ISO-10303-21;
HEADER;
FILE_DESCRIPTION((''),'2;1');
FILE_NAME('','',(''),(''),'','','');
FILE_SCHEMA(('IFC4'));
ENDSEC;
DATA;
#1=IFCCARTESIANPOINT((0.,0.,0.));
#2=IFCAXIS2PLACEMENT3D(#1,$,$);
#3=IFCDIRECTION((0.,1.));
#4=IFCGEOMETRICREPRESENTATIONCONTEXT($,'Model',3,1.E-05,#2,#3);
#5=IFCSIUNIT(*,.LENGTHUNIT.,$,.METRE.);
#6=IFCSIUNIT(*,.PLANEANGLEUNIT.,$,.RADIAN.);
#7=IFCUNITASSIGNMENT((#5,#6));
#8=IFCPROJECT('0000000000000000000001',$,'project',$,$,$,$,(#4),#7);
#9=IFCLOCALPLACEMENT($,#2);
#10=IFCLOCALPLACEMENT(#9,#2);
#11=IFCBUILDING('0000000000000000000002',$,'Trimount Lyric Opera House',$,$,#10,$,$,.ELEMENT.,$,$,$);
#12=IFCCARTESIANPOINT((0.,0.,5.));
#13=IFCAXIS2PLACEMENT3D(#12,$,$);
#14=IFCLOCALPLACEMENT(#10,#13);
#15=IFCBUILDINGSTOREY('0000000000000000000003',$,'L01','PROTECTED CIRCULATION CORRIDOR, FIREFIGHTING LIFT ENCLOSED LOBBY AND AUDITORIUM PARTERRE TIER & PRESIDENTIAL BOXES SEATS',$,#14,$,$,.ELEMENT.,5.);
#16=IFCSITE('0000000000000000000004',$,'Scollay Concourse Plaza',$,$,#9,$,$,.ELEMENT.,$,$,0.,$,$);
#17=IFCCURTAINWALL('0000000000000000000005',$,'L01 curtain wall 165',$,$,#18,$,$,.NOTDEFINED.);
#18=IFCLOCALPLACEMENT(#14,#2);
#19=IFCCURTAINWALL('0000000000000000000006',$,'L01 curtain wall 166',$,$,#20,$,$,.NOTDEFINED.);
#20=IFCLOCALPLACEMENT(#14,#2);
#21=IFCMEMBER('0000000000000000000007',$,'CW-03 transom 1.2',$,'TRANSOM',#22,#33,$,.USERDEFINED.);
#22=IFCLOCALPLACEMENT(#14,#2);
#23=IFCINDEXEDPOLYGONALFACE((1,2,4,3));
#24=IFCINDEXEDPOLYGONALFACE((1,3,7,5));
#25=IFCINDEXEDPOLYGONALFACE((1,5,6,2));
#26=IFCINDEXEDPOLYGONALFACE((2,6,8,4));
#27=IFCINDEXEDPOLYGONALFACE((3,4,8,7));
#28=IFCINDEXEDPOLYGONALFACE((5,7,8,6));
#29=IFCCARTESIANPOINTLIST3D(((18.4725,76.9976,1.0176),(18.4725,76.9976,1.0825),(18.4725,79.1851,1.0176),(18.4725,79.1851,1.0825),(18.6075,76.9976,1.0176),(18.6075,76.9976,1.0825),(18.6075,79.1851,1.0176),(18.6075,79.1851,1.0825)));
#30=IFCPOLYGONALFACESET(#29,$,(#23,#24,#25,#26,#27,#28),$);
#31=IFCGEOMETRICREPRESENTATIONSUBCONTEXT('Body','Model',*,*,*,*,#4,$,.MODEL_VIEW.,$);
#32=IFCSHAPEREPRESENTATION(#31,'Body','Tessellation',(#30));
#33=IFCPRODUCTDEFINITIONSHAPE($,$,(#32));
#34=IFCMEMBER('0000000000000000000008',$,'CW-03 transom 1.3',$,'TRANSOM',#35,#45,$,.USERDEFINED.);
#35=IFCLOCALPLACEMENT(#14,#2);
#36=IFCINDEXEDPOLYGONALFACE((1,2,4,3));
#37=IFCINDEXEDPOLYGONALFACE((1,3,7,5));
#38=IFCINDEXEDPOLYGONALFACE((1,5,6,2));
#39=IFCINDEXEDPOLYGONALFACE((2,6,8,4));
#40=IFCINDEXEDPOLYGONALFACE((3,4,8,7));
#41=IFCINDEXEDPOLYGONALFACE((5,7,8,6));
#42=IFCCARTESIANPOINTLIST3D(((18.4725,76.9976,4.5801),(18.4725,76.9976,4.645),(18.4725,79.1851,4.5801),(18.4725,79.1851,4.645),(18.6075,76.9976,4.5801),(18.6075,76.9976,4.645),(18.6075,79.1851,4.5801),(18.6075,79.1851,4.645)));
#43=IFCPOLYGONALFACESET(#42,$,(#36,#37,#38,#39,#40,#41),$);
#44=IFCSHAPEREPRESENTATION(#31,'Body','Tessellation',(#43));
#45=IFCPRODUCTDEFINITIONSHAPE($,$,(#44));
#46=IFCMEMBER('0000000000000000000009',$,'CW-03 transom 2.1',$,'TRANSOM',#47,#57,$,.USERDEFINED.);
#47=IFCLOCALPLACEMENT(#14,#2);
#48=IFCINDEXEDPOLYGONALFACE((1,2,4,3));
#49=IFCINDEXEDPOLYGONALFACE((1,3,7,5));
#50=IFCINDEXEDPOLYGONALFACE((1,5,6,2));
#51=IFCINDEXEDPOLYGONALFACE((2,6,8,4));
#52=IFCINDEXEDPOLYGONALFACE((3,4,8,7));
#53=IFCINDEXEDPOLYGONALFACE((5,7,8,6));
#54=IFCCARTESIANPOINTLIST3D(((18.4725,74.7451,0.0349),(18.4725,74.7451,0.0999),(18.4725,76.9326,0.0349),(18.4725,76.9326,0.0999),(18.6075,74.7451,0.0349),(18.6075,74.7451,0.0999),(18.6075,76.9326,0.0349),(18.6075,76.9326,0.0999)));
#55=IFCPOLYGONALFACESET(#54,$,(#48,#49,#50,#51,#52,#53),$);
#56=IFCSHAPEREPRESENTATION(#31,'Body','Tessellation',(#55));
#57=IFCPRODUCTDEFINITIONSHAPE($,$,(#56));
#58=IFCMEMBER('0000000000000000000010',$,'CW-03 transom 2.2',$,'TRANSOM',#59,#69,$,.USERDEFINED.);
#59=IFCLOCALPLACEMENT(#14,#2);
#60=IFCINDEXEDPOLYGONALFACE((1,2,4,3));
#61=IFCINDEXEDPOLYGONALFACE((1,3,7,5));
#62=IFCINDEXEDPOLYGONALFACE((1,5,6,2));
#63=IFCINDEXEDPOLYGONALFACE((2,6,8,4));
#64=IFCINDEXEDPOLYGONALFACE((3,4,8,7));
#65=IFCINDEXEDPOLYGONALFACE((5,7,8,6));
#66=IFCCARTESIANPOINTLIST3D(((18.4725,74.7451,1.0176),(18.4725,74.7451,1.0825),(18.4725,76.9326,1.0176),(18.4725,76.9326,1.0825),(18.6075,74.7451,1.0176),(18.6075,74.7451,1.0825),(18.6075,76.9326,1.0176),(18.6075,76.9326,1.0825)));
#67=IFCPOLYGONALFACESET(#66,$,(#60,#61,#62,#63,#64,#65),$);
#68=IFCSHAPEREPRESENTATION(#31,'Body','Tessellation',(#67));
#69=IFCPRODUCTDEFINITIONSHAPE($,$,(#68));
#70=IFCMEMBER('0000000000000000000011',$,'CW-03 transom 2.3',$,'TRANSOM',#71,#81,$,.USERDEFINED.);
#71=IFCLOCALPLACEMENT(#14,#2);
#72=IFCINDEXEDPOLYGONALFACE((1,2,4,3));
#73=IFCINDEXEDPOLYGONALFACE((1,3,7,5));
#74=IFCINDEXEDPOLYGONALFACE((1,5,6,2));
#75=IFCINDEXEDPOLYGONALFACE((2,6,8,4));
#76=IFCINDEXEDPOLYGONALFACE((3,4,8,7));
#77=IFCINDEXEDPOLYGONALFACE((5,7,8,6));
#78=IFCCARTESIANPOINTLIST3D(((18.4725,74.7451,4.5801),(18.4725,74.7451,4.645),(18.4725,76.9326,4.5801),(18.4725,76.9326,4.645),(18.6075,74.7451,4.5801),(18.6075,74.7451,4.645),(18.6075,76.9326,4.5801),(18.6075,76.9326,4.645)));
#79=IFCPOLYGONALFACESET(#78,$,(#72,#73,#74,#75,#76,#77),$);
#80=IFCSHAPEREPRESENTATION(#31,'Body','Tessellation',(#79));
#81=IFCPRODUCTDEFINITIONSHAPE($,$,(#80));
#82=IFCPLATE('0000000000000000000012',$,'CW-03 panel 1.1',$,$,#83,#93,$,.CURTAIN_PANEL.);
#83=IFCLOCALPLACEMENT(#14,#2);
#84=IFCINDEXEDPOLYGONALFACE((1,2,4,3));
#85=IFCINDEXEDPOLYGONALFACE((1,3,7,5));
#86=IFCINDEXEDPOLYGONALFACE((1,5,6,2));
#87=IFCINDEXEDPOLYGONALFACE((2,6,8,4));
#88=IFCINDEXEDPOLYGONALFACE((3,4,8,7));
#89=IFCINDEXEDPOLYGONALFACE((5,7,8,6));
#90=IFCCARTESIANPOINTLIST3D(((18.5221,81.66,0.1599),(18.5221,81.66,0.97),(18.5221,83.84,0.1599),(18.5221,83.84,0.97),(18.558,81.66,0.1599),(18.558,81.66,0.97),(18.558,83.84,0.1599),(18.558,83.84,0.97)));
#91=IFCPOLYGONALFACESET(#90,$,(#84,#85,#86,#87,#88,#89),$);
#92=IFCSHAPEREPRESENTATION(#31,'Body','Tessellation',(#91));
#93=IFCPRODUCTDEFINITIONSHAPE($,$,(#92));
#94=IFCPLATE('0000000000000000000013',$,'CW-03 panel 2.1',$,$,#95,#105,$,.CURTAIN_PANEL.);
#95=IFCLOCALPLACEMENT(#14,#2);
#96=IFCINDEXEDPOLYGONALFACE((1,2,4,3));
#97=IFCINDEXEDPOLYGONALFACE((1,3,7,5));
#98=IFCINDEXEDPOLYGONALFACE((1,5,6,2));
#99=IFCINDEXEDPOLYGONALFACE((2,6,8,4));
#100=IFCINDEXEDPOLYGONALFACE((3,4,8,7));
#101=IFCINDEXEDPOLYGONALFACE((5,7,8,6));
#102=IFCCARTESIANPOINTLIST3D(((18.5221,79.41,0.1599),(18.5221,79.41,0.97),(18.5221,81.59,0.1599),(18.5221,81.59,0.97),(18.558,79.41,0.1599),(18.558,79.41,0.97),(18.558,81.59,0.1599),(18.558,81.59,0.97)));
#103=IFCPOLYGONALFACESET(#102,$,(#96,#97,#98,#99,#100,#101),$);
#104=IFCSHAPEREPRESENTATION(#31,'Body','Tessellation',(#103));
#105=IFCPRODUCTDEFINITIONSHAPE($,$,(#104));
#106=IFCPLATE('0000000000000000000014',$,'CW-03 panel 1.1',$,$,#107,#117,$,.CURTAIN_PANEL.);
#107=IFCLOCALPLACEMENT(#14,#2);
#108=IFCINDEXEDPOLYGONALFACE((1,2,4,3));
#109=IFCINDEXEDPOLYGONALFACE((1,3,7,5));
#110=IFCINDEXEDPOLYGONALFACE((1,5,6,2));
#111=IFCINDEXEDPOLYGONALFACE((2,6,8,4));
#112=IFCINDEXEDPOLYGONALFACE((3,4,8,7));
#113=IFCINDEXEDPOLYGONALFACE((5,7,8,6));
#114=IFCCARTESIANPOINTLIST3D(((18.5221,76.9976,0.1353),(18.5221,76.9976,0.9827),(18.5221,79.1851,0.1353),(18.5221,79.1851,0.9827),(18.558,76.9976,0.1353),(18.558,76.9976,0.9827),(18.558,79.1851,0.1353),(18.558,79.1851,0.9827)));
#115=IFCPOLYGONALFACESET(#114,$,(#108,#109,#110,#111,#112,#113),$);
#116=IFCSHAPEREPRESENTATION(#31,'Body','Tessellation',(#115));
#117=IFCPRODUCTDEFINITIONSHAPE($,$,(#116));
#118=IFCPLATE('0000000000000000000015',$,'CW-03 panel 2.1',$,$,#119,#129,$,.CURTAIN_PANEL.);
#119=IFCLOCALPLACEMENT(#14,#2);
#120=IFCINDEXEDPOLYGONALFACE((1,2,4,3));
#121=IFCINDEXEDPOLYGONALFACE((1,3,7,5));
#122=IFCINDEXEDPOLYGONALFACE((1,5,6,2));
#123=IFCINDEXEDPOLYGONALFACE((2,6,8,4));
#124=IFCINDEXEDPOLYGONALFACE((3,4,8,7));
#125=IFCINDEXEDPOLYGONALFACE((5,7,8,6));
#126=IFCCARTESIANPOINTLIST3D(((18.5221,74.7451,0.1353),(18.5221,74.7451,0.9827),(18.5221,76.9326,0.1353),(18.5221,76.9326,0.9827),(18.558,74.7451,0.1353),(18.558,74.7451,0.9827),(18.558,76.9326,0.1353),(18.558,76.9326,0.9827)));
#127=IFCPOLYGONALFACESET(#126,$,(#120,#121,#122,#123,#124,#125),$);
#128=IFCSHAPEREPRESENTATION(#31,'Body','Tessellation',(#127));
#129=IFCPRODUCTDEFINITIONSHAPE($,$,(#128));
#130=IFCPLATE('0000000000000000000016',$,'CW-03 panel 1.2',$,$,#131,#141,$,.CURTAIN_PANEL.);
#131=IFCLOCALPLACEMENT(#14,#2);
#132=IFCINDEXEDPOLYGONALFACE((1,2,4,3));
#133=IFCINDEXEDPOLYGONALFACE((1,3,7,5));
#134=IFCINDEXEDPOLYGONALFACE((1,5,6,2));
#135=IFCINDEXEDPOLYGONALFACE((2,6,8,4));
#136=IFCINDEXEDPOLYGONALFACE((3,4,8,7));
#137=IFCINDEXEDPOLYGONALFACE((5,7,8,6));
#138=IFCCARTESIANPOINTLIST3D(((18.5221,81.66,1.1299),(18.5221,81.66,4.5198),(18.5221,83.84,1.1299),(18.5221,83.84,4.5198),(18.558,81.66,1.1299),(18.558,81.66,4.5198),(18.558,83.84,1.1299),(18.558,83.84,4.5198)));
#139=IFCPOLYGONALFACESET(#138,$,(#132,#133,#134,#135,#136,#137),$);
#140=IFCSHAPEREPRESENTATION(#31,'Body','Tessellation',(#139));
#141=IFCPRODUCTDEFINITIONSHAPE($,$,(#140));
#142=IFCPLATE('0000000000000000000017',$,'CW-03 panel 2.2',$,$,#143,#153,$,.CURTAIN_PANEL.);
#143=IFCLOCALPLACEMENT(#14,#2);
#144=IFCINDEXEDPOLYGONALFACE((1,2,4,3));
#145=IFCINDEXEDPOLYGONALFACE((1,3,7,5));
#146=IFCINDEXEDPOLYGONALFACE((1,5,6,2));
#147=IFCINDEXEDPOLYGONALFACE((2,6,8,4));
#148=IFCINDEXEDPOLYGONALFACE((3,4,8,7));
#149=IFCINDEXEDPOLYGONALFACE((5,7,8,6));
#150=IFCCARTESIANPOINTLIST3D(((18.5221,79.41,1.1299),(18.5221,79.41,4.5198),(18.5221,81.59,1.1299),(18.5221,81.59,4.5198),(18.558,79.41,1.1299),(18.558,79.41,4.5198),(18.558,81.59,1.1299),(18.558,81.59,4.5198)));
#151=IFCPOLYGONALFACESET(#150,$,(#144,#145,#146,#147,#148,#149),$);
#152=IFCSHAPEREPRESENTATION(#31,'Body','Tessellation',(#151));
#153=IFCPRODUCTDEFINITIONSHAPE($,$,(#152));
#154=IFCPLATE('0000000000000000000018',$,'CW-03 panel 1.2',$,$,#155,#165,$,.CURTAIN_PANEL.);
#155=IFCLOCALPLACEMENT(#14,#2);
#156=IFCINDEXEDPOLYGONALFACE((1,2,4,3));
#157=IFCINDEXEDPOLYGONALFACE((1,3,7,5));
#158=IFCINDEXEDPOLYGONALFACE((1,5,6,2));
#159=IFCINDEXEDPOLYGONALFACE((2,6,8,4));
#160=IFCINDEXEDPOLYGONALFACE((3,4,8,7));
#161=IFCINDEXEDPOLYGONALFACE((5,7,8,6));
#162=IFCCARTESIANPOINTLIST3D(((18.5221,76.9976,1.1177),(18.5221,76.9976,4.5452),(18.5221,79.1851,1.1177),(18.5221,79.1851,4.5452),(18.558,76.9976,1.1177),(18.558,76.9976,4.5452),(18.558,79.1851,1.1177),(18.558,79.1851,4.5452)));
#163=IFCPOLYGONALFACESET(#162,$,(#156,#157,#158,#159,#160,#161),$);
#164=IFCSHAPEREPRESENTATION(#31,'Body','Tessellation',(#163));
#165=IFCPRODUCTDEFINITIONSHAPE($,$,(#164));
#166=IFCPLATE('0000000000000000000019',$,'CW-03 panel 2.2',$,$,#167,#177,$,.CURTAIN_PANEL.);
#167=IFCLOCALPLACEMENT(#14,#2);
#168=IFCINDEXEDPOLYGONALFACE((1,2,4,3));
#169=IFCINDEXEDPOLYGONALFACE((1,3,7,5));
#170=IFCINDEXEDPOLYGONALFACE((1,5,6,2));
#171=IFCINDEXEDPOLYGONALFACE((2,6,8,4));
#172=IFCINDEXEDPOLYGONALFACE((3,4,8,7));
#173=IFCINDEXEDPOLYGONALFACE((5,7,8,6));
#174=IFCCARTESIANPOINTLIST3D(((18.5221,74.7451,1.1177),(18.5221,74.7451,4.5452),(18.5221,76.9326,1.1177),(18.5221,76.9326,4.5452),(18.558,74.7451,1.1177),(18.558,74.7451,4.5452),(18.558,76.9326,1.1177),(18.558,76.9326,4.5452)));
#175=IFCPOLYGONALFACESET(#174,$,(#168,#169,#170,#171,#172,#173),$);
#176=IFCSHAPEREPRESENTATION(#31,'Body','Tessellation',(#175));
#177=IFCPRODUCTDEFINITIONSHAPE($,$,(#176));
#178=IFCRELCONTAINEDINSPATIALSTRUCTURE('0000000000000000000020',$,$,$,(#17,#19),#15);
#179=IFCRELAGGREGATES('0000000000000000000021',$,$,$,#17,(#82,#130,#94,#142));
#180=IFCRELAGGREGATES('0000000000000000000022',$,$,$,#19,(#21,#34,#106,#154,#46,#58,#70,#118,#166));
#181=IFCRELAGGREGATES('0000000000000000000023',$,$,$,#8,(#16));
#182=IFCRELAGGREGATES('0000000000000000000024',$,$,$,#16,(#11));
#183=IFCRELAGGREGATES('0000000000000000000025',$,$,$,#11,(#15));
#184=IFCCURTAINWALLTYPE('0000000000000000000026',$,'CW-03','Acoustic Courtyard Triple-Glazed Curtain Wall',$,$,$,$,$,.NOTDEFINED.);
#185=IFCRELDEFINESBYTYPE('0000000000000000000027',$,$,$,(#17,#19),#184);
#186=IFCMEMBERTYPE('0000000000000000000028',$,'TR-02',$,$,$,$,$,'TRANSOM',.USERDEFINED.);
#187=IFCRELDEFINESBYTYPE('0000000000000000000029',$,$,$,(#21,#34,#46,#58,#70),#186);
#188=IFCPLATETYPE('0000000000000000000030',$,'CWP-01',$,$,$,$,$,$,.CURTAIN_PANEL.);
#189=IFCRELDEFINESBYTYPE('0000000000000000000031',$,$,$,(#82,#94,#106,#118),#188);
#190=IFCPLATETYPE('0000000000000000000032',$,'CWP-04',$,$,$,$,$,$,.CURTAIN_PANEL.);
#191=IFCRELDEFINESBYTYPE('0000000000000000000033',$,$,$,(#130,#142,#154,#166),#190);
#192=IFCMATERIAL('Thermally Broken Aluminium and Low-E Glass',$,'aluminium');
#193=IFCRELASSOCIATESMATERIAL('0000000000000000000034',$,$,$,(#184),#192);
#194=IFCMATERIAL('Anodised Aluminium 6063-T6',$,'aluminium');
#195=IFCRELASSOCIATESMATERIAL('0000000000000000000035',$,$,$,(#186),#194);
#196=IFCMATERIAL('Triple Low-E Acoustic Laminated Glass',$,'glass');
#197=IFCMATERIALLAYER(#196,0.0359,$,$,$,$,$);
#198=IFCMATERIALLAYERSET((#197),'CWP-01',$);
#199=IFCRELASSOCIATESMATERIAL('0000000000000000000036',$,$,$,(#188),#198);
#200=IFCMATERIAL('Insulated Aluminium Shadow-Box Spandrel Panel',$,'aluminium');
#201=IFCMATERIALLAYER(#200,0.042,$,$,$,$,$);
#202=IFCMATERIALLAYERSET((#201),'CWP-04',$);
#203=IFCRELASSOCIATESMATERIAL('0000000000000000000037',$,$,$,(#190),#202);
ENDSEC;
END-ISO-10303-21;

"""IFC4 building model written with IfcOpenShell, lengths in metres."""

from ifc_helpers import new_model, si_unit, direction, frame, origin, origin_2d, place, context, subcontext, project, spatial, rectangle, extrude, material, layer, layer_set, material_profile, profile_set, type_object, element, aggregate, save


model = new_model("IFC4")

# Units and contexts
model_context = context("Model", 3, precision=1e-05, world=origin(), true_north=direction((0.0, 1.0)))
body_context = subcontext(model_context, "Body", "Model", "MODEL_VIEW")
ifc_project = project(units=[si_unit("LENGTHUNIT", "METRE"), si_unit("PLANEANGLEUNIT", "RADIAN")], contexts=[model_context])

# Site, building, storey
site_placement = place(None, origin())
site = spatial("IfcSite", under=ifc_project, at=site_placement, Name="Scollay Concourse Plaza", CompositionType="ELEMENT", RefElevation=0.0)
building_placement = place(site_placement, origin())
building = spatial("IfcBuilding", under=site, at=building_placement, Name="Trimount Lyric Opera House", CompositionType="ELEMENT")
storey_placement = place(building_placement, frame((0.0, 0.0, 5.0)))
storey = spatial("IfcBuildingStorey", under=building, at=storey_placement, Name="L01", Description="PROTECTED CIRCULATION CORRIDOR, FIREFIGHTING LIFT ENCLOSED LOBBY AND AUDITORIUM PARTERRE TIER & PRESIDENTIAL BOXES SEATS", CompositionType="ELEMENT", Elevation=5.0)

# Curtain walls
ifc_material_1 = material(Name="Thermally Broken Aluminium and Low-E Glass", Category="aluminium")
curtain_wall_type = type_object("IfcCurtainWallType", Name="CW-03", Description="Acoustic Courtyard Triple-Glazed Curtain Wall", PredefinedType="NOTDEFINED", material=ifc_material_1)
curtain_wall_1_placement = place(storey_placement, origin())
curtain_wall_1 = element("IfcCurtainWall", 1, at=curtain_wall_1_placement, inside=storey, type_object=curtain_wall_type, Name="L01 curtain wall 165", PredefinedType="NOTDEFINED")
curtain_wall_2_placement = place(storey_placement, origin())
curtain_wall_2 = element("IfcCurtainWall", 2, at=curtain_wall_2_placement, inside=storey, type_object=curtain_wall_type, Name="L01 curtain wall 166", PredefinedType="NOTDEFINED")

# Members
ifc_material_2 = material(Name="Anodised Aluminium 6063-T6", Category="aluminium")
ifc_material_profile_1 = material_profile(ifc_material_2, rectangle(XDim=0.135, YDim=0.0649, at=origin_2d()), Name="ALU-TRAN-65X135")
ifc_profile_set_1 = profile_set([ifc_material_profile_1], Name="Anodised Aluminium 6063-T6")
member_type_1 = type_object("IfcMemberType", Name="TR-02", ElementType="TRANSOM", PredefinedType="USERDEFINED", material=ifc_profile_set_1)
member_1_placement = place(storey_placement, frame((18.54, 79.1851, 1.05), z_axis=(0.0, -1.0, 0.0), x_axis=(1.0, 0.0, 0.0)))
member_1 = element("IfcMember", 3, at=member_1_placement, type_object=member_type_1, Name="CW-03 transom 1.2", ObjectType="TRANSOM", PredefinedType="USERDEFINED", context=body_context, shape_type="SweptSolid", body=[
    extrude(rectangle(XDim=0.135, YDim=0.0649, at=origin_2d()), origin(), (0.0, 0.0, 1.0), 2.1875),
])
member_2_placement = place(storey_placement, frame((18.54, 79.1851, 4.6125), z_axis=(0.0, -1.0, 0.0), x_axis=(1.0, 0.0, 0.0)))
member_2 = element("IfcMember", 4, at=member_2_placement, type_object=member_type_1, Name="CW-03 transom 1.3", ObjectType="TRANSOM", PredefinedType="USERDEFINED", context=body_context, shape_type="SweptSolid", body=[
    extrude(rectangle(XDim=0.135, YDim=0.0649, at=origin_2d()), origin(), (0.0, 0.0, 1.0), 2.1875),
])
member_3_placement = place(storey_placement, frame((18.54, 76.9326, 0.0674), z_axis=(0.0, -1.0, 0.0), x_axis=(1.0, 0.0, 0.0)))
member_3 = element("IfcMember", 5, at=member_3_placement, type_object=member_type_1, Name="CW-03 transom 2.1", ObjectType="TRANSOM", PredefinedType="USERDEFINED", context=body_context, shape_type="SweptSolid", body=[
    extrude(rectangle(XDim=0.135, YDim=0.0649, at=origin_2d()), origin(), (0.0, 0.0, 1.0), 2.1875),
])
member_4_placement = place(storey_placement, frame((18.54, 76.9326, 1.05), z_axis=(0.0, -1.0, 0.0), x_axis=(1.0, 0.0, 0.0)))
member_4 = element("IfcMember", 6, at=member_4_placement, type_object=member_type_1, Name="CW-03 transom 2.2", ObjectType="TRANSOM", PredefinedType="USERDEFINED", context=body_context, shape_type="SweptSolid", body=[
    extrude(rectangle(XDim=0.135, YDim=0.0649, at=origin_2d()), origin(), (0.0, 0.0, 1.0), 2.1875),
])
member_5_placement = place(storey_placement, frame((18.54, 76.9326, 4.6125), z_axis=(0.0, -1.0, 0.0), x_axis=(1.0, 0.0, 0.0)))
member_5 = element("IfcMember", 7, at=member_5_placement, type_object=member_type_1, Name="CW-03 transom 2.3", ObjectType="TRANSOM", PredefinedType="USERDEFINED", context=body_context, shape_type="SweptSolid", body=[
    extrude(rectangle(XDim=0.135, YDim=0.0649, at=origin_2d()), origin(), (0.0, 0.0, 1.0), 2.1875),
])

# Plates
ifc_material_3 = material(Name="Triple Low-E Acoustic Laminated Glass", Category="glass")
ifc_layer_1 = layer(ifc_material_3, 0.0359)
ifc_layer_set_1 = layer_set([ifc_layer_1], Name="CWP-01")
plate_type_1 = type_object("IfcPlateType", Name="CWP-01", PredefinedType="CURTAIN_PANEL", material=ifc_layer_set_1)
plate_1_placement = place(storey_placement, frame((18.54, 82.75, 0.1599), z_axis=(0.0, 0.0, 1.0), x_axis=(0.0, -1.0, 0.0)))
plate_1 = element("IfcPlate", 8, at=plate_1_placement, type_object=plate_type_1, Name="CW-03 panel 1.1", PredefinedType="CURTAIN_PANEL", context=body_context, shape_type="SweptSolid", body=[
    extrude(rectangle(XDim=2.1799, YDim=0.0359, at=origin_2d()), origin(), (0.0, 0.0, 1.0), 0.8101),
])
plate_2_placement = place(storey_placement, frame((18.54, 80.5, 0.1599), z_axis=(0.0, 0.0, 1.0), x_axis=(0.0, -1.0, 0.0)))
plate_2 = element("IfcPlate", 9, at=plate_2_placement, type_object=plate_type_1, Name="CW-03 panel 2.1", PredefinedType="CURTAIN_PANEL", context=body_context, shape_type="SweptSolid", body=[
    extrude(rectangle(XDim=2.1799, YDim=0.0359, at=origin_2d()), origin(), (0.0, 0.0, 1.0), 0.8101),
])
plate_3_placement = place(storey_placement, frame((18.54, 78.0913, 0.1353), z_axis=(0.0, 0.0, 1.0), x_axis=(0.0, -1.0, 0.0)))
plate_3 = element("IfcPlate", 10, at=plate_3_placement, type_object=plate_type_1, Name="CW-03 panel 1.1", PredefinedType="CURTAIN_PANEL", context=body_context, shape_type="SweptSolid", body=[
    extrude(rectangle(XDim=2.1875, YDim=0.0359, at=origin_2d()), origin(), (0.0, 0.0, 1.0), 0.8474),
])
plate_4_placement = place(storey_placement, frame((18.54, 75.8389, 0.1353), z_axis=(0.0, 0.0, 1.0), x_axis=(0.0, -1.0, 0.0)))
plate_4 = element("IfcPlate", 11, at=plate_4_placement, type_object=plate_type_1, Name="CW-03 panel 2.1", PredefinedType="CURTAIN_PANEL", context=body_context, shape_type="SweptSolid", body=[
    extrude(rectangle(XDim=2.1875, YDim=0.0359, at=origin_2d()), origin(), (0.0, 0.0, 1.0), 0.8474),
])
ifc_material_4 = material(Name="Insulated Aluminium Shadow-Box Spandrel Panel", Category="aluminium")
ifc_layer_2 = layer(ifc_material_4, 0.042)
ifc_layer_set_2 = layer_set([ifc_layer_2], Name="CWP-04")
plate_type_2 = type_object("IfcPlateType", Name="CWP-04", PredefinedType="CURTAIN_PANEL", material=ifc_layer_set_2)
plate_5_placement = place(storey_placement, frame((18.54, 82.75, 1.1299), z_axis=(0.0, 0.0, 1.0), x_axis=(0.0, -1.0, 0.0)))
plate_5 = element("IfcPlate", 12, at=plate_5_placement, type_object=plate_type_2, Name="CW-03 panel 1.2", PredefinedType="CURTAIN_PANEL", context=body_context, shape_type="SweptSolid", body=[
    extrude(rectangle(XDim=2.1799, YDim=0.0359, at=origin_2d()), origin(), (0.0, 0.0, 1.0), 3.3899),
])
plate_6_placement = place(storey_placement, frame((18.54, 80.5, 1.1299), z_axis=(0.0, 0.0, 1.0), x_axis=(0.0, -1.0, 0.0)))
plate_6 = element("IfcPlate", 13, at=plate_6_placement, type_object=plate_type_2, Name="CW-03 panel 2.2", PredefinedType="CURTAIN_PANEL", context=body_context, shape_type="SweptSolid", body=[
    extrude(rectangle(XDim=2.1799, YDim=0.0359, at=origin_2d()), origin(), (0.0, 0.0, 1.0), 3.3899),
])
aggregate(curtain_wall_1, [plate_1, plate_5, plate_2, plate_6])
plate_7_placement = place(storey_placement, frame((18.54, 78.0913, 1.1177), z_axis=(0.0, 0.0, 1.0), x_axis=(0.0, -1.0, 0.0)))
plate_7 = element("IfcPlate", 14, at=plate_7_placement, type_object=plate_type_2, Name="CW-03 panel 1.2", PredefinedType="CURTAIN_PANEL", context=body_context, shape_type="SweptSolid", body=[
    extrude(rectangle(XDim=2.1875, YDim=0.0359, at=origin_2d()), origin(), (0.0, 0.0, 1.0), 3.4275),
])
plate_8_placement = place(storey_placement, frame((18.54, 75.8389, 1.1177), z_axis=(0.0, 0.0, 1.0), x_axis=(0.0, -1.0, 0.0)))
plate_8 = element("IfcPlate", 15, at=plate_8_placement, type_object=plate_type_2, Name="CW-03 panel 2.2", PredefinedType="CURTAIN_PANEL", context=body_context, shape_type="SweptSolid", body=[
    extrude(rectangle(XDim=2.1875, YDim=0.0359, at=origin_2d()), origin(), (0.0, 0.0, 1.0), 3.4275),
])
aggregate(curtain_wall_2, [member_1, member_2, plate_3, plate_7, member_3, member_4, member_5, plate_4, plate_8])

save(model, "model.ifc")
